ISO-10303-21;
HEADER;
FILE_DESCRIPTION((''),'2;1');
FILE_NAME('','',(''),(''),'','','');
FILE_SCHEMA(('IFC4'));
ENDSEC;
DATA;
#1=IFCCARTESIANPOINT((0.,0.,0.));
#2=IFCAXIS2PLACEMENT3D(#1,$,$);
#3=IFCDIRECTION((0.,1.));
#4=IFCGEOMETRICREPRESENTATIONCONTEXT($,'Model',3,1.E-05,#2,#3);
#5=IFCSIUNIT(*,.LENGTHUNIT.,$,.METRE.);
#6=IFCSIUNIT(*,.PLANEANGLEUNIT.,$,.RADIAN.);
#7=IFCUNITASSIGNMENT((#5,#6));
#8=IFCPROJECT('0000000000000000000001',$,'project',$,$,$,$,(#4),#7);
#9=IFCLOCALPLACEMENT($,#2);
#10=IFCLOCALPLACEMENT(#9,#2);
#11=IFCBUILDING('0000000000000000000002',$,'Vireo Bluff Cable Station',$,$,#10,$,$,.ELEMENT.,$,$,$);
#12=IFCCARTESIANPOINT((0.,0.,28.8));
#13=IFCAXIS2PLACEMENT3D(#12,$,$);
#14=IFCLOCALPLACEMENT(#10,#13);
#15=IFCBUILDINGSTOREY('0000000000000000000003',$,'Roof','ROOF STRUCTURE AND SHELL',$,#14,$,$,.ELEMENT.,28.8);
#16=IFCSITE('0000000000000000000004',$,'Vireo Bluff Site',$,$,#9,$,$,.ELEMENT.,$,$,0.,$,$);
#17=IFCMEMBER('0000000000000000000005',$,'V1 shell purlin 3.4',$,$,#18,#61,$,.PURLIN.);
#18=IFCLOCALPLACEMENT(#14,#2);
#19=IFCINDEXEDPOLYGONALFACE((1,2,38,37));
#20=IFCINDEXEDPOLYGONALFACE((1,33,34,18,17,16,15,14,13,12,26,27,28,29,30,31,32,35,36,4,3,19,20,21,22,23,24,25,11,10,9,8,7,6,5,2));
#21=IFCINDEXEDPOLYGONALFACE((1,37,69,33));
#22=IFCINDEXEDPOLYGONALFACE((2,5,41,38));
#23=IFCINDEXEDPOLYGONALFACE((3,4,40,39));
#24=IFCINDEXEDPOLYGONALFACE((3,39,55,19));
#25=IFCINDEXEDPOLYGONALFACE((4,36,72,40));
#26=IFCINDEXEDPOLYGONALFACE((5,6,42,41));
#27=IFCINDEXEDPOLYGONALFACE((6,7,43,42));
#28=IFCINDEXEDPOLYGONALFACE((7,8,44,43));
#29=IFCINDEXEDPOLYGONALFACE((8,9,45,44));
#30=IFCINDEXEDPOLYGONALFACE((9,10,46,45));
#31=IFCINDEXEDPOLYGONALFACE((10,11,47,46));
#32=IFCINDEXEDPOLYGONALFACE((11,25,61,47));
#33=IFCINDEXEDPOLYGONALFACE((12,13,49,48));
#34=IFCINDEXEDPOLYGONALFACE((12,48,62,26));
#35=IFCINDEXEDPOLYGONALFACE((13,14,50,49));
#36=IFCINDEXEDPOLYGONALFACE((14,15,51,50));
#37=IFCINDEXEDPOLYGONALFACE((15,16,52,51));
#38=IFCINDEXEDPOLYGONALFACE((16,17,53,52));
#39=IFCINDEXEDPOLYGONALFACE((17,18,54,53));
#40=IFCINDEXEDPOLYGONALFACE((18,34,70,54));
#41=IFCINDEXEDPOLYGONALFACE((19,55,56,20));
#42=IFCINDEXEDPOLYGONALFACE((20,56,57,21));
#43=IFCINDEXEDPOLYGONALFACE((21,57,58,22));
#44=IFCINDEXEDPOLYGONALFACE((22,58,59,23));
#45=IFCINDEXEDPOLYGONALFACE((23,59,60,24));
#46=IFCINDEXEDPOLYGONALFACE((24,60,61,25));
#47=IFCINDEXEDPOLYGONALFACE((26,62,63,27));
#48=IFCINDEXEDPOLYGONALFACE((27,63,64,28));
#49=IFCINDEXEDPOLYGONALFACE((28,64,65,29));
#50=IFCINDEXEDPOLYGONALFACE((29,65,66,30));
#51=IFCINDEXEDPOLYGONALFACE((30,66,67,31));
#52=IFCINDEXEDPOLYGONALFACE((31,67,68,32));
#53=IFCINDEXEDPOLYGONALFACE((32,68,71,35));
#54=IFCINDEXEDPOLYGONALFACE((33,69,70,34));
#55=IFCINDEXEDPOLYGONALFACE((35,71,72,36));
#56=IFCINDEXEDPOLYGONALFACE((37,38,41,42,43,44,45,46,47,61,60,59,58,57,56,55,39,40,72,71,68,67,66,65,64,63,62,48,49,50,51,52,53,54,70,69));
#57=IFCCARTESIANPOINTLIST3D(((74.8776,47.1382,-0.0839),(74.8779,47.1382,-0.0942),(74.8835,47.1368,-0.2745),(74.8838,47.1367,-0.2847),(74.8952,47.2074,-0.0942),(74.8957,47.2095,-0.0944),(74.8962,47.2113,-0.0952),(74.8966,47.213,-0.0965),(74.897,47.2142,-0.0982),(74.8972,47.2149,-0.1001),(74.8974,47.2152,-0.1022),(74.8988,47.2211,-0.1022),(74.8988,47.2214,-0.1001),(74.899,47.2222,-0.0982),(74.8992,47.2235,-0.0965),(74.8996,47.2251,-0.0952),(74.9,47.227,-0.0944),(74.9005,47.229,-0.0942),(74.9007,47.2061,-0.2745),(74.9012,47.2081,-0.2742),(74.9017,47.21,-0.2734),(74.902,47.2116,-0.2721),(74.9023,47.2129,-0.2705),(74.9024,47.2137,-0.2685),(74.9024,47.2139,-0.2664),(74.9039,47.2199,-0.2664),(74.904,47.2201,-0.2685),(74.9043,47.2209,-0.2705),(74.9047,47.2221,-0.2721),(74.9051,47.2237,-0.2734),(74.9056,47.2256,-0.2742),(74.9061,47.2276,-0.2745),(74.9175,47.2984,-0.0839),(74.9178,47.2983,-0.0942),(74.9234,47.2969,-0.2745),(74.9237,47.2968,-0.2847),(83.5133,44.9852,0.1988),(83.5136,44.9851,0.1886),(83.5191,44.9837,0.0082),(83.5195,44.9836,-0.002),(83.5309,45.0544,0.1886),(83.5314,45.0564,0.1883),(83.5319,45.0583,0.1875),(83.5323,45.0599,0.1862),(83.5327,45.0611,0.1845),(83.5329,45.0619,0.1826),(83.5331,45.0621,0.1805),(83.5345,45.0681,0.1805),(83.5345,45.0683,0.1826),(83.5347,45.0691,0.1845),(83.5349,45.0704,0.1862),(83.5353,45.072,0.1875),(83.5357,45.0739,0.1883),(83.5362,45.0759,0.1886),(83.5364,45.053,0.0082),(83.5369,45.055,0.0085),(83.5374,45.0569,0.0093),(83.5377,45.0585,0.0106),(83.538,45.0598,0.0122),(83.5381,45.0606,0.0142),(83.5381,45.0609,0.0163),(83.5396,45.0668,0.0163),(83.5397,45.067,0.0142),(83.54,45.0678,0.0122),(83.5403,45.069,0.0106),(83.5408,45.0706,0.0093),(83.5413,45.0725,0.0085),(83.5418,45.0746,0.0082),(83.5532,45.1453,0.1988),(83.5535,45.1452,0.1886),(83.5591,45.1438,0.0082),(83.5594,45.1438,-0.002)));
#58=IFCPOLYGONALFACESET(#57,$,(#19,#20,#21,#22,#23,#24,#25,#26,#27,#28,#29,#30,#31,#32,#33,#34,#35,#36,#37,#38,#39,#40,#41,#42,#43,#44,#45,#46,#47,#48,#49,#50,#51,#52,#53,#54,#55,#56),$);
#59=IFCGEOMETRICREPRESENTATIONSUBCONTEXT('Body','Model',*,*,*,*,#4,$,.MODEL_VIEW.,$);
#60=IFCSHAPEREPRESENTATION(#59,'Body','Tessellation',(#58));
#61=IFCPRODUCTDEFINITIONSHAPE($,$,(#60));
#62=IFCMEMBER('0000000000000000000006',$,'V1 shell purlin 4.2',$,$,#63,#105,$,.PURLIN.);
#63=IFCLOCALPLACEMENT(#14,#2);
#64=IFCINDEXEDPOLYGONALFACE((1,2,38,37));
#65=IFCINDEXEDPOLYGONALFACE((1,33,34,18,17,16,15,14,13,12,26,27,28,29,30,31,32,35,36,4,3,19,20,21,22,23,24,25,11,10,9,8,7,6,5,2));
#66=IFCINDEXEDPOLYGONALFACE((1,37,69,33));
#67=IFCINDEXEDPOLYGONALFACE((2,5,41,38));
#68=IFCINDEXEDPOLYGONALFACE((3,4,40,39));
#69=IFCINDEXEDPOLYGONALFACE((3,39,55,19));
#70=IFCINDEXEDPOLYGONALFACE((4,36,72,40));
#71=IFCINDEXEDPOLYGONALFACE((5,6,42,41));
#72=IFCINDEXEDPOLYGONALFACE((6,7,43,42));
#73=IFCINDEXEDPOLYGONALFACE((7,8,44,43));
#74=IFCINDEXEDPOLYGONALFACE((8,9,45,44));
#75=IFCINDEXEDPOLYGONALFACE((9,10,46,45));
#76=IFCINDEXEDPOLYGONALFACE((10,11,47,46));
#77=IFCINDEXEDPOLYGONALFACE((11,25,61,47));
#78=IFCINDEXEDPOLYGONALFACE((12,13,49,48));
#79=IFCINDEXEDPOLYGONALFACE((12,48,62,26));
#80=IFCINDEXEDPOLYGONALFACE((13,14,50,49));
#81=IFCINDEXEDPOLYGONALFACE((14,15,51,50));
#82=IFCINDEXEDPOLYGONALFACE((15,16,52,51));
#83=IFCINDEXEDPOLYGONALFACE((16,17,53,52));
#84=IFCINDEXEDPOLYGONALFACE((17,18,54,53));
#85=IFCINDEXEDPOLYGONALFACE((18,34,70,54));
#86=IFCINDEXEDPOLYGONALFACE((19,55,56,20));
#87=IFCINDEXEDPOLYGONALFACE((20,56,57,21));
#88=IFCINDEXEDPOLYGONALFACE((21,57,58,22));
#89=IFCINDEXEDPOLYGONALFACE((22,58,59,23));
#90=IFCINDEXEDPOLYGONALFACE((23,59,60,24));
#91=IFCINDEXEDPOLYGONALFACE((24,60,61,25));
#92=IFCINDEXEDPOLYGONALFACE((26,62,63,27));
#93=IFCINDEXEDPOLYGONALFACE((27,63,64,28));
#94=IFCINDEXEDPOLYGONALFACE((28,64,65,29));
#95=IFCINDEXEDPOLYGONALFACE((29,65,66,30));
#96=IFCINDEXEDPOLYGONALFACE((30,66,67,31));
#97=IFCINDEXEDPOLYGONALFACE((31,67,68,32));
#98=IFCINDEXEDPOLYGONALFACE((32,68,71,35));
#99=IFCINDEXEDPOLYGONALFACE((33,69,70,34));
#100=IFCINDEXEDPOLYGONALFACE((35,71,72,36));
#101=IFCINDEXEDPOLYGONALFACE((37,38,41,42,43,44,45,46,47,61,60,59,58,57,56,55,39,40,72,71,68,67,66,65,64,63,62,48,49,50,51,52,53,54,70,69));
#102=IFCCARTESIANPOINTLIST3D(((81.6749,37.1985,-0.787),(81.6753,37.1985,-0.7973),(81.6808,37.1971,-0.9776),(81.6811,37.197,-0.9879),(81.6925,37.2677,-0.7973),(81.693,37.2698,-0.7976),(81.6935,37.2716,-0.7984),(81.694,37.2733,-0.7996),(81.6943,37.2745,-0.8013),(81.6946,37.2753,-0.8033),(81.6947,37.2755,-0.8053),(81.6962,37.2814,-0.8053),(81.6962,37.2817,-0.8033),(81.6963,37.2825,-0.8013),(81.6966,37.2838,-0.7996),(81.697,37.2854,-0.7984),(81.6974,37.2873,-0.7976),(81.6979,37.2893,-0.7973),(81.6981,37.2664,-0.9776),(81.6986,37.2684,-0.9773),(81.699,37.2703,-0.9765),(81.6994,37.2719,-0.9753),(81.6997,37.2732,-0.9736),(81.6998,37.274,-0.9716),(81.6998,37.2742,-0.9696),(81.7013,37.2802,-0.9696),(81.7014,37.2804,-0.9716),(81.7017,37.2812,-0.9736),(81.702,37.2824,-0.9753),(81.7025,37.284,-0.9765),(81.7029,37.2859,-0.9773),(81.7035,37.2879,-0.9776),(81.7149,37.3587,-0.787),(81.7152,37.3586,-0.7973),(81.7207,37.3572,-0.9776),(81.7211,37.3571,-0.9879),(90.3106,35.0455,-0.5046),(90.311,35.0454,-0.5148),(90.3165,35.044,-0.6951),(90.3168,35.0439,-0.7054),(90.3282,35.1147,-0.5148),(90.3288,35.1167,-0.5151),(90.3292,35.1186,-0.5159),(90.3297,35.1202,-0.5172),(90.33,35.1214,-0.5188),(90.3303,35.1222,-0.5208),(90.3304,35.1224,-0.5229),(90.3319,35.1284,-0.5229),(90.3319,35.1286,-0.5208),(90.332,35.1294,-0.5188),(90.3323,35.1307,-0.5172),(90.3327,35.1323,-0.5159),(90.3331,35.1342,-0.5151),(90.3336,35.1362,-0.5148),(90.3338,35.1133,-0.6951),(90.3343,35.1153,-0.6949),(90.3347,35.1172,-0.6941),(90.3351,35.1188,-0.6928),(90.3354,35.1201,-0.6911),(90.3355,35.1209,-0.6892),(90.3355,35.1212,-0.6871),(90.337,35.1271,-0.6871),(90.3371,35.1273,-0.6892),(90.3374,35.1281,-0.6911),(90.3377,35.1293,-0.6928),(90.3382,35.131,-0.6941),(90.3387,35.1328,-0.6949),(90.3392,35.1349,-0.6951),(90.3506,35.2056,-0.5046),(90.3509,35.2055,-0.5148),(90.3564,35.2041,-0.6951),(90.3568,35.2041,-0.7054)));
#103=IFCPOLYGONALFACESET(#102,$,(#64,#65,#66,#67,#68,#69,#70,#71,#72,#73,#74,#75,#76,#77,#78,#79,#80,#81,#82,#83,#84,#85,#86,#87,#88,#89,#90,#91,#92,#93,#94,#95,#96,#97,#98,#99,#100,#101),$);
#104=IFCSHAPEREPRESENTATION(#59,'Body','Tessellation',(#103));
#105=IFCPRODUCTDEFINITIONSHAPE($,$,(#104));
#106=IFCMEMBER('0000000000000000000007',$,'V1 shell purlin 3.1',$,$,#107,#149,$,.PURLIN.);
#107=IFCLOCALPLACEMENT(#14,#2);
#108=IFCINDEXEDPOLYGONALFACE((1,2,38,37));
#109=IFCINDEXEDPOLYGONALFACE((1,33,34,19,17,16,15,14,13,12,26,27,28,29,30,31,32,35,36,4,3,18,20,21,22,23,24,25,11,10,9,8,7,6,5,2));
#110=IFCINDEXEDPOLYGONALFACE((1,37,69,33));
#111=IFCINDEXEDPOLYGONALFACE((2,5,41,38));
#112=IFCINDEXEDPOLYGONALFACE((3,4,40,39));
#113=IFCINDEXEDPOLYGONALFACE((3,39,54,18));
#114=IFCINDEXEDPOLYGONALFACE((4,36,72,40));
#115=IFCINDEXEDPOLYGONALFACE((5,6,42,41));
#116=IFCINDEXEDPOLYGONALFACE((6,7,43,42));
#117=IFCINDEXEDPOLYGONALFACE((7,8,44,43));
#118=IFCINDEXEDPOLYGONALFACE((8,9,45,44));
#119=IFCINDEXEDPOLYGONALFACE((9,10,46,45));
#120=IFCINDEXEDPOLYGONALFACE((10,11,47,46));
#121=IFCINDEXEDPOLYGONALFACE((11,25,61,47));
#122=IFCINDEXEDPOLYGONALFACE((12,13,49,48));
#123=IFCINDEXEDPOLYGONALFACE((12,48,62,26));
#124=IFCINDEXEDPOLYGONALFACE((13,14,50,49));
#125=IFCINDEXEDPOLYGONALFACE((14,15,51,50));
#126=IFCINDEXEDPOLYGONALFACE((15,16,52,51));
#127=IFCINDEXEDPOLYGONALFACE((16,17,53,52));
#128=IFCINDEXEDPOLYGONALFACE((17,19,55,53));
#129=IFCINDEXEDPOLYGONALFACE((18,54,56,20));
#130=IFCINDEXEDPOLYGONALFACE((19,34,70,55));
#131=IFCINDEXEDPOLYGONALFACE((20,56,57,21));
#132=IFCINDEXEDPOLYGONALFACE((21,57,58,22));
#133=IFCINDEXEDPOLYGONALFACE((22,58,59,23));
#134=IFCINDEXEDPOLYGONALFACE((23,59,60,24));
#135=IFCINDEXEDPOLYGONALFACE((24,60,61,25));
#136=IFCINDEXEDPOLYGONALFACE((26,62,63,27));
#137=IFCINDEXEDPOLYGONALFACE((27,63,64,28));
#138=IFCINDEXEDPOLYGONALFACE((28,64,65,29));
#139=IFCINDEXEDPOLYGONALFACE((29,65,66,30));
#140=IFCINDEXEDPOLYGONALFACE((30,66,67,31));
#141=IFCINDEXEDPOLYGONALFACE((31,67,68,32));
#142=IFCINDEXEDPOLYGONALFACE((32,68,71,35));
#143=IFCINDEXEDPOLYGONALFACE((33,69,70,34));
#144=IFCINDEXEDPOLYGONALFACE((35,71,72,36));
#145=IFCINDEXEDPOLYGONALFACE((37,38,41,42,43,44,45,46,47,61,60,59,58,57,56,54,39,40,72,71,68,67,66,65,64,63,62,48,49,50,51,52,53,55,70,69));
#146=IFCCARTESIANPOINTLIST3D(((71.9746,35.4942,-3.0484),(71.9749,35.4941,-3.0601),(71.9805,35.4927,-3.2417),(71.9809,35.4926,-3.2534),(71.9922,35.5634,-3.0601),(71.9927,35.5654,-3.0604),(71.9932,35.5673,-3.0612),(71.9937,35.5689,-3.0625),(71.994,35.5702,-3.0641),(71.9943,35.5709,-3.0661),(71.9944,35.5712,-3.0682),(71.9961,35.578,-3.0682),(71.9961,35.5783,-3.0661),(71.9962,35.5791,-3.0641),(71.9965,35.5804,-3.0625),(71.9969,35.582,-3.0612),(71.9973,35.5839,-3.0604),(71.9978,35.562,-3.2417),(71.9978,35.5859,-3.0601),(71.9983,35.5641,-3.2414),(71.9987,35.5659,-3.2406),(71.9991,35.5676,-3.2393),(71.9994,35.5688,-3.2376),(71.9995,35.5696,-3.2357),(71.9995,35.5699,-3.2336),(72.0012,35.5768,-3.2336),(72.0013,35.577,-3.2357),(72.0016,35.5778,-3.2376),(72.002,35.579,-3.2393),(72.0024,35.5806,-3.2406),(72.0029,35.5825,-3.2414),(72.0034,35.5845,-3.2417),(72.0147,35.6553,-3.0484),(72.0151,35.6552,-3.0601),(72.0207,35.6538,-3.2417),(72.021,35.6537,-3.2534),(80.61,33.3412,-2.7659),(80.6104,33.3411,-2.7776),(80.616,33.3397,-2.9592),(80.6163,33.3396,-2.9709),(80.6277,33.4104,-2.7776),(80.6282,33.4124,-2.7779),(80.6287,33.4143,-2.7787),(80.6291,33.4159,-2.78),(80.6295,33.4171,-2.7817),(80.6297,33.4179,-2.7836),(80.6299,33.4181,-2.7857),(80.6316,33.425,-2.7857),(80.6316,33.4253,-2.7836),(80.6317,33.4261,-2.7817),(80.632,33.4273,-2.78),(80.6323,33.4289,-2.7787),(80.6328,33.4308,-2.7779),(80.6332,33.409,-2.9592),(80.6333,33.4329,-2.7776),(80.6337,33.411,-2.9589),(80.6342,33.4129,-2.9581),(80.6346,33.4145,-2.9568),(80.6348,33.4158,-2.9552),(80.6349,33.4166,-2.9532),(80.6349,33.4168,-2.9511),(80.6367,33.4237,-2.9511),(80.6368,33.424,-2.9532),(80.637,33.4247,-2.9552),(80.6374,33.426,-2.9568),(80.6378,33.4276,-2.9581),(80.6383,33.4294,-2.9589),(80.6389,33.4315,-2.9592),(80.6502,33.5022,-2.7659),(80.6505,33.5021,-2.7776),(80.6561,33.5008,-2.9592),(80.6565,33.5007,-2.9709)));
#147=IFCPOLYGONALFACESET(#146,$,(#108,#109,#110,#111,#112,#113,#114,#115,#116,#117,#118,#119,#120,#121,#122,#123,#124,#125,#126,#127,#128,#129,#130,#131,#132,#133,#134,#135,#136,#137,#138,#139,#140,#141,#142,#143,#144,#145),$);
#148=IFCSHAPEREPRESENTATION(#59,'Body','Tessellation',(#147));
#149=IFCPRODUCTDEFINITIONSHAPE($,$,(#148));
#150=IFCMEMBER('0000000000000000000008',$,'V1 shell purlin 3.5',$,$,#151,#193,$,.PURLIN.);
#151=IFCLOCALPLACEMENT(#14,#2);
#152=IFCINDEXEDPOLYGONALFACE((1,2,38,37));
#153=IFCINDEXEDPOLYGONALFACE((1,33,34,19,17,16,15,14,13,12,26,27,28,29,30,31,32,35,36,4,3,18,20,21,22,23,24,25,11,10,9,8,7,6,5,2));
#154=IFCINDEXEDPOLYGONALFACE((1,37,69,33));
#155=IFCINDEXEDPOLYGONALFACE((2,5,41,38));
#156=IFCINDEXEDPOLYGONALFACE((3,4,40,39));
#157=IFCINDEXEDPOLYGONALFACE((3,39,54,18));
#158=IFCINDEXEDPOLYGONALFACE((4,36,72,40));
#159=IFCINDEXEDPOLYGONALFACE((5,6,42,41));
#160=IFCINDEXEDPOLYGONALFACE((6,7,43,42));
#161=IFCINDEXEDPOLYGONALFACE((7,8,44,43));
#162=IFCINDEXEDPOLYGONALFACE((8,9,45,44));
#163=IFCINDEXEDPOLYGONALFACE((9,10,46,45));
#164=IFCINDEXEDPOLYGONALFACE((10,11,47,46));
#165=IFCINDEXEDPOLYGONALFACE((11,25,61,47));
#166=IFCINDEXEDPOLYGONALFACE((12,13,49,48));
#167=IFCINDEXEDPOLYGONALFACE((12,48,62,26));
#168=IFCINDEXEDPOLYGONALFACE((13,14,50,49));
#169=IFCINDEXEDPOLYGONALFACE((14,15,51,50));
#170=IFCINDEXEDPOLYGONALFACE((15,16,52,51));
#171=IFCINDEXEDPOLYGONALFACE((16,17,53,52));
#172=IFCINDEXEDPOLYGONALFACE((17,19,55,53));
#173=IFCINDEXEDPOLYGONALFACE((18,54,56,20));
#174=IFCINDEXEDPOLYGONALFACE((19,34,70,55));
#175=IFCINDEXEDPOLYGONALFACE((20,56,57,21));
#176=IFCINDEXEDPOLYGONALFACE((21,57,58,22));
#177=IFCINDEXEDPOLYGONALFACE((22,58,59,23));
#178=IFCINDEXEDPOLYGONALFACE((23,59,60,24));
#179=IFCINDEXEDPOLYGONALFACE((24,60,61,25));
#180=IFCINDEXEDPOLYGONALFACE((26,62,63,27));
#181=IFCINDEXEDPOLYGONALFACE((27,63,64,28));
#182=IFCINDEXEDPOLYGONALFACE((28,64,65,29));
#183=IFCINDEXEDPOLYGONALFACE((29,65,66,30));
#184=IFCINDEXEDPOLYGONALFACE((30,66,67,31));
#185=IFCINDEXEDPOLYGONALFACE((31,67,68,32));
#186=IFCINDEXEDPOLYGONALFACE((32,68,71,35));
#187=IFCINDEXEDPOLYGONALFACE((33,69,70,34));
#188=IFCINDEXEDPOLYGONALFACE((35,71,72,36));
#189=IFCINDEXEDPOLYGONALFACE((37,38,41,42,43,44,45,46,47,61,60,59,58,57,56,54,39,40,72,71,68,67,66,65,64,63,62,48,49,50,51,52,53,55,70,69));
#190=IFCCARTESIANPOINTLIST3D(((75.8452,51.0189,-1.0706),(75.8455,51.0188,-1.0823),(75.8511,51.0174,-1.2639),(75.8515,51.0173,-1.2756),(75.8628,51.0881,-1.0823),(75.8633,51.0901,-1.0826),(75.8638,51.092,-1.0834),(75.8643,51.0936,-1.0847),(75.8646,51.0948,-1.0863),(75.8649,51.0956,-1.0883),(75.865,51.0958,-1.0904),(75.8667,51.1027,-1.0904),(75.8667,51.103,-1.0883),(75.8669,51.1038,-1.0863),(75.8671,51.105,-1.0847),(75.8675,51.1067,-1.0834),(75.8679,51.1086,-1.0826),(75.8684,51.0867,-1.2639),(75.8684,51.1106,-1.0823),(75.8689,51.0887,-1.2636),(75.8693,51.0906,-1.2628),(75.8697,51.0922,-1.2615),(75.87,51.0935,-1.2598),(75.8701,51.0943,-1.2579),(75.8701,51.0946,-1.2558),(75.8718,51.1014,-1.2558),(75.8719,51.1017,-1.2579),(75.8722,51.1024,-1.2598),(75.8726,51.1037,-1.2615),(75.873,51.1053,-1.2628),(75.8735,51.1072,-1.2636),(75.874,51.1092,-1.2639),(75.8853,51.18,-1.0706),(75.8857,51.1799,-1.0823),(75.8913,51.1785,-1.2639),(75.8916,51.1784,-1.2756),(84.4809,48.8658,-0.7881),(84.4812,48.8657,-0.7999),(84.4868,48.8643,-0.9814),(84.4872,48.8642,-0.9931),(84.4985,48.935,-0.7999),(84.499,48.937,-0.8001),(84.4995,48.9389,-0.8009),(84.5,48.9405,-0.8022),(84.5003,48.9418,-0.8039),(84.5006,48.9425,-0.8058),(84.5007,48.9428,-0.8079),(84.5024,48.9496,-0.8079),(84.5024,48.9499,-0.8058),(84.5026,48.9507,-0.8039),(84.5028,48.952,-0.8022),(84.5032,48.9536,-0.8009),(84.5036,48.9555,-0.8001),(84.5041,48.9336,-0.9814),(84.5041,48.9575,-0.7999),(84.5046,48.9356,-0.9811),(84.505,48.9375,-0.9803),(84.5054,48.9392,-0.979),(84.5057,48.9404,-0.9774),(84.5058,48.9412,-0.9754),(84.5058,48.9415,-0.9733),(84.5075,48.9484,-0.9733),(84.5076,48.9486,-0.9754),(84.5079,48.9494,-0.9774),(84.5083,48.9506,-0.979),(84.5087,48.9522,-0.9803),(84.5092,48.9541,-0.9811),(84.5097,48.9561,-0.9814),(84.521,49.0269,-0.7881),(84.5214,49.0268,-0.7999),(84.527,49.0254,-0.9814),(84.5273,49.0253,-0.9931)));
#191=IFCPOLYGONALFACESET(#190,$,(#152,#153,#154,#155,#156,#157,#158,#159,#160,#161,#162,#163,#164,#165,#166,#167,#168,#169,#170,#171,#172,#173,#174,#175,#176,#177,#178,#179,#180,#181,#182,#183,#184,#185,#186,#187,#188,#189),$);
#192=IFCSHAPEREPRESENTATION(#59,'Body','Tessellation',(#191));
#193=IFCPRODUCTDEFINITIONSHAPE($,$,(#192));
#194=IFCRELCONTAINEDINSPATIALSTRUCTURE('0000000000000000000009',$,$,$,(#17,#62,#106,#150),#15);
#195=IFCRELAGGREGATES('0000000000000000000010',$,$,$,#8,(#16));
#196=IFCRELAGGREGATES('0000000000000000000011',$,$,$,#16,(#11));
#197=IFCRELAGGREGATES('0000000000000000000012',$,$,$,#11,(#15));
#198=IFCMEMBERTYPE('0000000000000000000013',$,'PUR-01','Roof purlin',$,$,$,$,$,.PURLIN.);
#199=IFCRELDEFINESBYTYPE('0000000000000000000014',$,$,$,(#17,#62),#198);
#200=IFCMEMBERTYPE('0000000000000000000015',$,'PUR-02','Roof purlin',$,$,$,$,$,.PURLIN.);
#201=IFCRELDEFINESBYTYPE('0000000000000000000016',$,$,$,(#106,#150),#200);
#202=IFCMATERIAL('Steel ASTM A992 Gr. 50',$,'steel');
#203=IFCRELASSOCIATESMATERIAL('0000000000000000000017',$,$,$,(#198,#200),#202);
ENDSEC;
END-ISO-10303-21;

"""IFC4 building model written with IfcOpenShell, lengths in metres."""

from ifc_helpers import new_model, si_unit, direction, frame, origin, origin_2d, place, context, subcontext, project, spatial, i_section, extrude, material, material_profile, profile_set, type_object, element, save


model = new_model("IFC4")

# Units and contexts
model_context = context("Model", 3, precision=1e-05, world=origin(), true_north=direction((0.0, 1.0)))
body_context = subcontext(model_context, "Body", "Model", "MODEL_VIEW")
ifc_project = project(units=[si_unit("LENGTHUNIT", "METRE"), si_unit("PLANEANGLEUNIT", "RADIAN")], contexts=[model_context])

# Site, building, storey
site_placement = place(None, origin())
site = spatial("IfcSite", under=ifc_project, at=site_placement, Name="Vireo Bluff Site", CompositionType="ELEMENT", RefElevation=0.0)
building_placement = place(site_placement, origin())
building = spatial("IfcBuilding", under=site, at=building_placement, Name="Vireo Bluff Cable Station", CompositionType="ELEMENT")
storey_placement = place(building_placement, frame((0.0, 0.0, 28.8)))
storey = spatial("IfcBuildingStorey", under=building, at=storey_placement, Name="Roof", Description="ROOF STRUCTURE AND SHELL", CompositionType="ELEMENT", Elevation=28.8)

# Members
ifc_material_1 = material(Name="Steel ASTM A992 Gr. 50", Category="steel")
ifc_material_profile_1 = material_profile(ifc_material_1, i_section(OverallWidth=0.165, OverallDepth=0.2009, WebThickness=0.0061, FlangeThickness=0.0103, FilletRadius=0.0081, at=origin_2d()), Name="W8X24")
ifc_profile_set_1 = profile_set([ifc_material_profile_1], Name="Steel ASTM A992 Gr. 50")
member_type_1 = type_object("IfcMemberType", Name="PUR-01", Description="Roof purlin", PredefinedType="PURLIN", material=ifc_profile_set_1)
for number, where, z_axis, x_axis, name in (
    (1, (74.9006, 47.2175, -0.1843), (0.969808, -0.241794, 0.031749), (0.241916, 0.970297, 0.0), "V1 shell purlin 3.4"),
    (2, (81.698, 37.2778, -0.8875), (0.969809, -0.241794, 0.031722), (0.241916, 0.970297, 0.0), "V1 shell purlin 4.2"),
):
    element("IfcMember", number, at=place(storey_placement, frame(where, z_axis=z_axis, x_axis=x_axis)), inside=storey, type_object=member_type_1, Name=name, PredefinedType="PURLIN", context=body_context, shape_type="SweptSolid", body=[
        extrude(i_section(OverallWidth=0.165, OverallDepth=0.2009, WebThickness=0.0061, FlangeThickness=0.0103, FilletRadius=0.0081, at=origin_2d()), origin(), (0.0, 0.0, 1.0), 8.9045),
    ])
ifc_material_profile_2 = material_profile(ifc_material_1, i_section(OverallWidth=0.166, OverallDepth=0.2051, WebThickness=0.0071, FlangeThickness=0.0117, FilletRadius=0.0081, at=origin_2d()), Name="W8X28")
ifc_profile_set_2 = profile_set([ifc_material_profile_2], Name="Steel ASTM A992 Gr. 50")
member_type_2 = type_object("IfcMemberType", Name="PUR-02", Description="Roof purlin", PredefinedType="PURLIN", material=ifc_profile_set_2)
member_1_placement = place(storey_placement, frame((71.9978, 35.574, -3.1509), z_axis=(0.969807, -0.241801, 0.031723), x_axis=(0.241922, 0.970296, 0.0)))
element("IfcMember", 3, at=member_1_placement, inside=storey, type_object=member_type_2, Name="V1 shell purlin 3.1", PredefinedType="PURLIN", context=body_context, shape_type="SweptSolid", body=[
    extrude(i_section(OverallWidth=0.166, OverallDepth=0.2051, WebThickness=0.0071, FlangeThickness=0.0117, FilletRadius=0.0081, at=origin_2d()), origin(), (0.0, 0.0, 1.0), 8.9043),
])
member_2_placement = place(storey_placement, frame((75.8684, 51.0986, -1.1731), z_axis=(0.969809, -0.241794, 0.031722), x_axis=(0.241916, 0.970297, 0.0)))
element("IfcMember", 4, at=member_2_placement, inside=storey, type_object=member_type_2, Name="V1 shell purlin 3.5", PredefinedType="PURLIN", context=body_context, shape_type="SweptSolid", body=[
    extrude(i_section(OverallWidth=0.166, OverallDepth=0.2051, WebThickness=0.0071, FlangeThickness=0.0117, FilletRadius=0.0081, at=origin_2d()), origin(), (0.0, 0.0, 1.0), 8.9045),
])

save(model, "model.ifc")
